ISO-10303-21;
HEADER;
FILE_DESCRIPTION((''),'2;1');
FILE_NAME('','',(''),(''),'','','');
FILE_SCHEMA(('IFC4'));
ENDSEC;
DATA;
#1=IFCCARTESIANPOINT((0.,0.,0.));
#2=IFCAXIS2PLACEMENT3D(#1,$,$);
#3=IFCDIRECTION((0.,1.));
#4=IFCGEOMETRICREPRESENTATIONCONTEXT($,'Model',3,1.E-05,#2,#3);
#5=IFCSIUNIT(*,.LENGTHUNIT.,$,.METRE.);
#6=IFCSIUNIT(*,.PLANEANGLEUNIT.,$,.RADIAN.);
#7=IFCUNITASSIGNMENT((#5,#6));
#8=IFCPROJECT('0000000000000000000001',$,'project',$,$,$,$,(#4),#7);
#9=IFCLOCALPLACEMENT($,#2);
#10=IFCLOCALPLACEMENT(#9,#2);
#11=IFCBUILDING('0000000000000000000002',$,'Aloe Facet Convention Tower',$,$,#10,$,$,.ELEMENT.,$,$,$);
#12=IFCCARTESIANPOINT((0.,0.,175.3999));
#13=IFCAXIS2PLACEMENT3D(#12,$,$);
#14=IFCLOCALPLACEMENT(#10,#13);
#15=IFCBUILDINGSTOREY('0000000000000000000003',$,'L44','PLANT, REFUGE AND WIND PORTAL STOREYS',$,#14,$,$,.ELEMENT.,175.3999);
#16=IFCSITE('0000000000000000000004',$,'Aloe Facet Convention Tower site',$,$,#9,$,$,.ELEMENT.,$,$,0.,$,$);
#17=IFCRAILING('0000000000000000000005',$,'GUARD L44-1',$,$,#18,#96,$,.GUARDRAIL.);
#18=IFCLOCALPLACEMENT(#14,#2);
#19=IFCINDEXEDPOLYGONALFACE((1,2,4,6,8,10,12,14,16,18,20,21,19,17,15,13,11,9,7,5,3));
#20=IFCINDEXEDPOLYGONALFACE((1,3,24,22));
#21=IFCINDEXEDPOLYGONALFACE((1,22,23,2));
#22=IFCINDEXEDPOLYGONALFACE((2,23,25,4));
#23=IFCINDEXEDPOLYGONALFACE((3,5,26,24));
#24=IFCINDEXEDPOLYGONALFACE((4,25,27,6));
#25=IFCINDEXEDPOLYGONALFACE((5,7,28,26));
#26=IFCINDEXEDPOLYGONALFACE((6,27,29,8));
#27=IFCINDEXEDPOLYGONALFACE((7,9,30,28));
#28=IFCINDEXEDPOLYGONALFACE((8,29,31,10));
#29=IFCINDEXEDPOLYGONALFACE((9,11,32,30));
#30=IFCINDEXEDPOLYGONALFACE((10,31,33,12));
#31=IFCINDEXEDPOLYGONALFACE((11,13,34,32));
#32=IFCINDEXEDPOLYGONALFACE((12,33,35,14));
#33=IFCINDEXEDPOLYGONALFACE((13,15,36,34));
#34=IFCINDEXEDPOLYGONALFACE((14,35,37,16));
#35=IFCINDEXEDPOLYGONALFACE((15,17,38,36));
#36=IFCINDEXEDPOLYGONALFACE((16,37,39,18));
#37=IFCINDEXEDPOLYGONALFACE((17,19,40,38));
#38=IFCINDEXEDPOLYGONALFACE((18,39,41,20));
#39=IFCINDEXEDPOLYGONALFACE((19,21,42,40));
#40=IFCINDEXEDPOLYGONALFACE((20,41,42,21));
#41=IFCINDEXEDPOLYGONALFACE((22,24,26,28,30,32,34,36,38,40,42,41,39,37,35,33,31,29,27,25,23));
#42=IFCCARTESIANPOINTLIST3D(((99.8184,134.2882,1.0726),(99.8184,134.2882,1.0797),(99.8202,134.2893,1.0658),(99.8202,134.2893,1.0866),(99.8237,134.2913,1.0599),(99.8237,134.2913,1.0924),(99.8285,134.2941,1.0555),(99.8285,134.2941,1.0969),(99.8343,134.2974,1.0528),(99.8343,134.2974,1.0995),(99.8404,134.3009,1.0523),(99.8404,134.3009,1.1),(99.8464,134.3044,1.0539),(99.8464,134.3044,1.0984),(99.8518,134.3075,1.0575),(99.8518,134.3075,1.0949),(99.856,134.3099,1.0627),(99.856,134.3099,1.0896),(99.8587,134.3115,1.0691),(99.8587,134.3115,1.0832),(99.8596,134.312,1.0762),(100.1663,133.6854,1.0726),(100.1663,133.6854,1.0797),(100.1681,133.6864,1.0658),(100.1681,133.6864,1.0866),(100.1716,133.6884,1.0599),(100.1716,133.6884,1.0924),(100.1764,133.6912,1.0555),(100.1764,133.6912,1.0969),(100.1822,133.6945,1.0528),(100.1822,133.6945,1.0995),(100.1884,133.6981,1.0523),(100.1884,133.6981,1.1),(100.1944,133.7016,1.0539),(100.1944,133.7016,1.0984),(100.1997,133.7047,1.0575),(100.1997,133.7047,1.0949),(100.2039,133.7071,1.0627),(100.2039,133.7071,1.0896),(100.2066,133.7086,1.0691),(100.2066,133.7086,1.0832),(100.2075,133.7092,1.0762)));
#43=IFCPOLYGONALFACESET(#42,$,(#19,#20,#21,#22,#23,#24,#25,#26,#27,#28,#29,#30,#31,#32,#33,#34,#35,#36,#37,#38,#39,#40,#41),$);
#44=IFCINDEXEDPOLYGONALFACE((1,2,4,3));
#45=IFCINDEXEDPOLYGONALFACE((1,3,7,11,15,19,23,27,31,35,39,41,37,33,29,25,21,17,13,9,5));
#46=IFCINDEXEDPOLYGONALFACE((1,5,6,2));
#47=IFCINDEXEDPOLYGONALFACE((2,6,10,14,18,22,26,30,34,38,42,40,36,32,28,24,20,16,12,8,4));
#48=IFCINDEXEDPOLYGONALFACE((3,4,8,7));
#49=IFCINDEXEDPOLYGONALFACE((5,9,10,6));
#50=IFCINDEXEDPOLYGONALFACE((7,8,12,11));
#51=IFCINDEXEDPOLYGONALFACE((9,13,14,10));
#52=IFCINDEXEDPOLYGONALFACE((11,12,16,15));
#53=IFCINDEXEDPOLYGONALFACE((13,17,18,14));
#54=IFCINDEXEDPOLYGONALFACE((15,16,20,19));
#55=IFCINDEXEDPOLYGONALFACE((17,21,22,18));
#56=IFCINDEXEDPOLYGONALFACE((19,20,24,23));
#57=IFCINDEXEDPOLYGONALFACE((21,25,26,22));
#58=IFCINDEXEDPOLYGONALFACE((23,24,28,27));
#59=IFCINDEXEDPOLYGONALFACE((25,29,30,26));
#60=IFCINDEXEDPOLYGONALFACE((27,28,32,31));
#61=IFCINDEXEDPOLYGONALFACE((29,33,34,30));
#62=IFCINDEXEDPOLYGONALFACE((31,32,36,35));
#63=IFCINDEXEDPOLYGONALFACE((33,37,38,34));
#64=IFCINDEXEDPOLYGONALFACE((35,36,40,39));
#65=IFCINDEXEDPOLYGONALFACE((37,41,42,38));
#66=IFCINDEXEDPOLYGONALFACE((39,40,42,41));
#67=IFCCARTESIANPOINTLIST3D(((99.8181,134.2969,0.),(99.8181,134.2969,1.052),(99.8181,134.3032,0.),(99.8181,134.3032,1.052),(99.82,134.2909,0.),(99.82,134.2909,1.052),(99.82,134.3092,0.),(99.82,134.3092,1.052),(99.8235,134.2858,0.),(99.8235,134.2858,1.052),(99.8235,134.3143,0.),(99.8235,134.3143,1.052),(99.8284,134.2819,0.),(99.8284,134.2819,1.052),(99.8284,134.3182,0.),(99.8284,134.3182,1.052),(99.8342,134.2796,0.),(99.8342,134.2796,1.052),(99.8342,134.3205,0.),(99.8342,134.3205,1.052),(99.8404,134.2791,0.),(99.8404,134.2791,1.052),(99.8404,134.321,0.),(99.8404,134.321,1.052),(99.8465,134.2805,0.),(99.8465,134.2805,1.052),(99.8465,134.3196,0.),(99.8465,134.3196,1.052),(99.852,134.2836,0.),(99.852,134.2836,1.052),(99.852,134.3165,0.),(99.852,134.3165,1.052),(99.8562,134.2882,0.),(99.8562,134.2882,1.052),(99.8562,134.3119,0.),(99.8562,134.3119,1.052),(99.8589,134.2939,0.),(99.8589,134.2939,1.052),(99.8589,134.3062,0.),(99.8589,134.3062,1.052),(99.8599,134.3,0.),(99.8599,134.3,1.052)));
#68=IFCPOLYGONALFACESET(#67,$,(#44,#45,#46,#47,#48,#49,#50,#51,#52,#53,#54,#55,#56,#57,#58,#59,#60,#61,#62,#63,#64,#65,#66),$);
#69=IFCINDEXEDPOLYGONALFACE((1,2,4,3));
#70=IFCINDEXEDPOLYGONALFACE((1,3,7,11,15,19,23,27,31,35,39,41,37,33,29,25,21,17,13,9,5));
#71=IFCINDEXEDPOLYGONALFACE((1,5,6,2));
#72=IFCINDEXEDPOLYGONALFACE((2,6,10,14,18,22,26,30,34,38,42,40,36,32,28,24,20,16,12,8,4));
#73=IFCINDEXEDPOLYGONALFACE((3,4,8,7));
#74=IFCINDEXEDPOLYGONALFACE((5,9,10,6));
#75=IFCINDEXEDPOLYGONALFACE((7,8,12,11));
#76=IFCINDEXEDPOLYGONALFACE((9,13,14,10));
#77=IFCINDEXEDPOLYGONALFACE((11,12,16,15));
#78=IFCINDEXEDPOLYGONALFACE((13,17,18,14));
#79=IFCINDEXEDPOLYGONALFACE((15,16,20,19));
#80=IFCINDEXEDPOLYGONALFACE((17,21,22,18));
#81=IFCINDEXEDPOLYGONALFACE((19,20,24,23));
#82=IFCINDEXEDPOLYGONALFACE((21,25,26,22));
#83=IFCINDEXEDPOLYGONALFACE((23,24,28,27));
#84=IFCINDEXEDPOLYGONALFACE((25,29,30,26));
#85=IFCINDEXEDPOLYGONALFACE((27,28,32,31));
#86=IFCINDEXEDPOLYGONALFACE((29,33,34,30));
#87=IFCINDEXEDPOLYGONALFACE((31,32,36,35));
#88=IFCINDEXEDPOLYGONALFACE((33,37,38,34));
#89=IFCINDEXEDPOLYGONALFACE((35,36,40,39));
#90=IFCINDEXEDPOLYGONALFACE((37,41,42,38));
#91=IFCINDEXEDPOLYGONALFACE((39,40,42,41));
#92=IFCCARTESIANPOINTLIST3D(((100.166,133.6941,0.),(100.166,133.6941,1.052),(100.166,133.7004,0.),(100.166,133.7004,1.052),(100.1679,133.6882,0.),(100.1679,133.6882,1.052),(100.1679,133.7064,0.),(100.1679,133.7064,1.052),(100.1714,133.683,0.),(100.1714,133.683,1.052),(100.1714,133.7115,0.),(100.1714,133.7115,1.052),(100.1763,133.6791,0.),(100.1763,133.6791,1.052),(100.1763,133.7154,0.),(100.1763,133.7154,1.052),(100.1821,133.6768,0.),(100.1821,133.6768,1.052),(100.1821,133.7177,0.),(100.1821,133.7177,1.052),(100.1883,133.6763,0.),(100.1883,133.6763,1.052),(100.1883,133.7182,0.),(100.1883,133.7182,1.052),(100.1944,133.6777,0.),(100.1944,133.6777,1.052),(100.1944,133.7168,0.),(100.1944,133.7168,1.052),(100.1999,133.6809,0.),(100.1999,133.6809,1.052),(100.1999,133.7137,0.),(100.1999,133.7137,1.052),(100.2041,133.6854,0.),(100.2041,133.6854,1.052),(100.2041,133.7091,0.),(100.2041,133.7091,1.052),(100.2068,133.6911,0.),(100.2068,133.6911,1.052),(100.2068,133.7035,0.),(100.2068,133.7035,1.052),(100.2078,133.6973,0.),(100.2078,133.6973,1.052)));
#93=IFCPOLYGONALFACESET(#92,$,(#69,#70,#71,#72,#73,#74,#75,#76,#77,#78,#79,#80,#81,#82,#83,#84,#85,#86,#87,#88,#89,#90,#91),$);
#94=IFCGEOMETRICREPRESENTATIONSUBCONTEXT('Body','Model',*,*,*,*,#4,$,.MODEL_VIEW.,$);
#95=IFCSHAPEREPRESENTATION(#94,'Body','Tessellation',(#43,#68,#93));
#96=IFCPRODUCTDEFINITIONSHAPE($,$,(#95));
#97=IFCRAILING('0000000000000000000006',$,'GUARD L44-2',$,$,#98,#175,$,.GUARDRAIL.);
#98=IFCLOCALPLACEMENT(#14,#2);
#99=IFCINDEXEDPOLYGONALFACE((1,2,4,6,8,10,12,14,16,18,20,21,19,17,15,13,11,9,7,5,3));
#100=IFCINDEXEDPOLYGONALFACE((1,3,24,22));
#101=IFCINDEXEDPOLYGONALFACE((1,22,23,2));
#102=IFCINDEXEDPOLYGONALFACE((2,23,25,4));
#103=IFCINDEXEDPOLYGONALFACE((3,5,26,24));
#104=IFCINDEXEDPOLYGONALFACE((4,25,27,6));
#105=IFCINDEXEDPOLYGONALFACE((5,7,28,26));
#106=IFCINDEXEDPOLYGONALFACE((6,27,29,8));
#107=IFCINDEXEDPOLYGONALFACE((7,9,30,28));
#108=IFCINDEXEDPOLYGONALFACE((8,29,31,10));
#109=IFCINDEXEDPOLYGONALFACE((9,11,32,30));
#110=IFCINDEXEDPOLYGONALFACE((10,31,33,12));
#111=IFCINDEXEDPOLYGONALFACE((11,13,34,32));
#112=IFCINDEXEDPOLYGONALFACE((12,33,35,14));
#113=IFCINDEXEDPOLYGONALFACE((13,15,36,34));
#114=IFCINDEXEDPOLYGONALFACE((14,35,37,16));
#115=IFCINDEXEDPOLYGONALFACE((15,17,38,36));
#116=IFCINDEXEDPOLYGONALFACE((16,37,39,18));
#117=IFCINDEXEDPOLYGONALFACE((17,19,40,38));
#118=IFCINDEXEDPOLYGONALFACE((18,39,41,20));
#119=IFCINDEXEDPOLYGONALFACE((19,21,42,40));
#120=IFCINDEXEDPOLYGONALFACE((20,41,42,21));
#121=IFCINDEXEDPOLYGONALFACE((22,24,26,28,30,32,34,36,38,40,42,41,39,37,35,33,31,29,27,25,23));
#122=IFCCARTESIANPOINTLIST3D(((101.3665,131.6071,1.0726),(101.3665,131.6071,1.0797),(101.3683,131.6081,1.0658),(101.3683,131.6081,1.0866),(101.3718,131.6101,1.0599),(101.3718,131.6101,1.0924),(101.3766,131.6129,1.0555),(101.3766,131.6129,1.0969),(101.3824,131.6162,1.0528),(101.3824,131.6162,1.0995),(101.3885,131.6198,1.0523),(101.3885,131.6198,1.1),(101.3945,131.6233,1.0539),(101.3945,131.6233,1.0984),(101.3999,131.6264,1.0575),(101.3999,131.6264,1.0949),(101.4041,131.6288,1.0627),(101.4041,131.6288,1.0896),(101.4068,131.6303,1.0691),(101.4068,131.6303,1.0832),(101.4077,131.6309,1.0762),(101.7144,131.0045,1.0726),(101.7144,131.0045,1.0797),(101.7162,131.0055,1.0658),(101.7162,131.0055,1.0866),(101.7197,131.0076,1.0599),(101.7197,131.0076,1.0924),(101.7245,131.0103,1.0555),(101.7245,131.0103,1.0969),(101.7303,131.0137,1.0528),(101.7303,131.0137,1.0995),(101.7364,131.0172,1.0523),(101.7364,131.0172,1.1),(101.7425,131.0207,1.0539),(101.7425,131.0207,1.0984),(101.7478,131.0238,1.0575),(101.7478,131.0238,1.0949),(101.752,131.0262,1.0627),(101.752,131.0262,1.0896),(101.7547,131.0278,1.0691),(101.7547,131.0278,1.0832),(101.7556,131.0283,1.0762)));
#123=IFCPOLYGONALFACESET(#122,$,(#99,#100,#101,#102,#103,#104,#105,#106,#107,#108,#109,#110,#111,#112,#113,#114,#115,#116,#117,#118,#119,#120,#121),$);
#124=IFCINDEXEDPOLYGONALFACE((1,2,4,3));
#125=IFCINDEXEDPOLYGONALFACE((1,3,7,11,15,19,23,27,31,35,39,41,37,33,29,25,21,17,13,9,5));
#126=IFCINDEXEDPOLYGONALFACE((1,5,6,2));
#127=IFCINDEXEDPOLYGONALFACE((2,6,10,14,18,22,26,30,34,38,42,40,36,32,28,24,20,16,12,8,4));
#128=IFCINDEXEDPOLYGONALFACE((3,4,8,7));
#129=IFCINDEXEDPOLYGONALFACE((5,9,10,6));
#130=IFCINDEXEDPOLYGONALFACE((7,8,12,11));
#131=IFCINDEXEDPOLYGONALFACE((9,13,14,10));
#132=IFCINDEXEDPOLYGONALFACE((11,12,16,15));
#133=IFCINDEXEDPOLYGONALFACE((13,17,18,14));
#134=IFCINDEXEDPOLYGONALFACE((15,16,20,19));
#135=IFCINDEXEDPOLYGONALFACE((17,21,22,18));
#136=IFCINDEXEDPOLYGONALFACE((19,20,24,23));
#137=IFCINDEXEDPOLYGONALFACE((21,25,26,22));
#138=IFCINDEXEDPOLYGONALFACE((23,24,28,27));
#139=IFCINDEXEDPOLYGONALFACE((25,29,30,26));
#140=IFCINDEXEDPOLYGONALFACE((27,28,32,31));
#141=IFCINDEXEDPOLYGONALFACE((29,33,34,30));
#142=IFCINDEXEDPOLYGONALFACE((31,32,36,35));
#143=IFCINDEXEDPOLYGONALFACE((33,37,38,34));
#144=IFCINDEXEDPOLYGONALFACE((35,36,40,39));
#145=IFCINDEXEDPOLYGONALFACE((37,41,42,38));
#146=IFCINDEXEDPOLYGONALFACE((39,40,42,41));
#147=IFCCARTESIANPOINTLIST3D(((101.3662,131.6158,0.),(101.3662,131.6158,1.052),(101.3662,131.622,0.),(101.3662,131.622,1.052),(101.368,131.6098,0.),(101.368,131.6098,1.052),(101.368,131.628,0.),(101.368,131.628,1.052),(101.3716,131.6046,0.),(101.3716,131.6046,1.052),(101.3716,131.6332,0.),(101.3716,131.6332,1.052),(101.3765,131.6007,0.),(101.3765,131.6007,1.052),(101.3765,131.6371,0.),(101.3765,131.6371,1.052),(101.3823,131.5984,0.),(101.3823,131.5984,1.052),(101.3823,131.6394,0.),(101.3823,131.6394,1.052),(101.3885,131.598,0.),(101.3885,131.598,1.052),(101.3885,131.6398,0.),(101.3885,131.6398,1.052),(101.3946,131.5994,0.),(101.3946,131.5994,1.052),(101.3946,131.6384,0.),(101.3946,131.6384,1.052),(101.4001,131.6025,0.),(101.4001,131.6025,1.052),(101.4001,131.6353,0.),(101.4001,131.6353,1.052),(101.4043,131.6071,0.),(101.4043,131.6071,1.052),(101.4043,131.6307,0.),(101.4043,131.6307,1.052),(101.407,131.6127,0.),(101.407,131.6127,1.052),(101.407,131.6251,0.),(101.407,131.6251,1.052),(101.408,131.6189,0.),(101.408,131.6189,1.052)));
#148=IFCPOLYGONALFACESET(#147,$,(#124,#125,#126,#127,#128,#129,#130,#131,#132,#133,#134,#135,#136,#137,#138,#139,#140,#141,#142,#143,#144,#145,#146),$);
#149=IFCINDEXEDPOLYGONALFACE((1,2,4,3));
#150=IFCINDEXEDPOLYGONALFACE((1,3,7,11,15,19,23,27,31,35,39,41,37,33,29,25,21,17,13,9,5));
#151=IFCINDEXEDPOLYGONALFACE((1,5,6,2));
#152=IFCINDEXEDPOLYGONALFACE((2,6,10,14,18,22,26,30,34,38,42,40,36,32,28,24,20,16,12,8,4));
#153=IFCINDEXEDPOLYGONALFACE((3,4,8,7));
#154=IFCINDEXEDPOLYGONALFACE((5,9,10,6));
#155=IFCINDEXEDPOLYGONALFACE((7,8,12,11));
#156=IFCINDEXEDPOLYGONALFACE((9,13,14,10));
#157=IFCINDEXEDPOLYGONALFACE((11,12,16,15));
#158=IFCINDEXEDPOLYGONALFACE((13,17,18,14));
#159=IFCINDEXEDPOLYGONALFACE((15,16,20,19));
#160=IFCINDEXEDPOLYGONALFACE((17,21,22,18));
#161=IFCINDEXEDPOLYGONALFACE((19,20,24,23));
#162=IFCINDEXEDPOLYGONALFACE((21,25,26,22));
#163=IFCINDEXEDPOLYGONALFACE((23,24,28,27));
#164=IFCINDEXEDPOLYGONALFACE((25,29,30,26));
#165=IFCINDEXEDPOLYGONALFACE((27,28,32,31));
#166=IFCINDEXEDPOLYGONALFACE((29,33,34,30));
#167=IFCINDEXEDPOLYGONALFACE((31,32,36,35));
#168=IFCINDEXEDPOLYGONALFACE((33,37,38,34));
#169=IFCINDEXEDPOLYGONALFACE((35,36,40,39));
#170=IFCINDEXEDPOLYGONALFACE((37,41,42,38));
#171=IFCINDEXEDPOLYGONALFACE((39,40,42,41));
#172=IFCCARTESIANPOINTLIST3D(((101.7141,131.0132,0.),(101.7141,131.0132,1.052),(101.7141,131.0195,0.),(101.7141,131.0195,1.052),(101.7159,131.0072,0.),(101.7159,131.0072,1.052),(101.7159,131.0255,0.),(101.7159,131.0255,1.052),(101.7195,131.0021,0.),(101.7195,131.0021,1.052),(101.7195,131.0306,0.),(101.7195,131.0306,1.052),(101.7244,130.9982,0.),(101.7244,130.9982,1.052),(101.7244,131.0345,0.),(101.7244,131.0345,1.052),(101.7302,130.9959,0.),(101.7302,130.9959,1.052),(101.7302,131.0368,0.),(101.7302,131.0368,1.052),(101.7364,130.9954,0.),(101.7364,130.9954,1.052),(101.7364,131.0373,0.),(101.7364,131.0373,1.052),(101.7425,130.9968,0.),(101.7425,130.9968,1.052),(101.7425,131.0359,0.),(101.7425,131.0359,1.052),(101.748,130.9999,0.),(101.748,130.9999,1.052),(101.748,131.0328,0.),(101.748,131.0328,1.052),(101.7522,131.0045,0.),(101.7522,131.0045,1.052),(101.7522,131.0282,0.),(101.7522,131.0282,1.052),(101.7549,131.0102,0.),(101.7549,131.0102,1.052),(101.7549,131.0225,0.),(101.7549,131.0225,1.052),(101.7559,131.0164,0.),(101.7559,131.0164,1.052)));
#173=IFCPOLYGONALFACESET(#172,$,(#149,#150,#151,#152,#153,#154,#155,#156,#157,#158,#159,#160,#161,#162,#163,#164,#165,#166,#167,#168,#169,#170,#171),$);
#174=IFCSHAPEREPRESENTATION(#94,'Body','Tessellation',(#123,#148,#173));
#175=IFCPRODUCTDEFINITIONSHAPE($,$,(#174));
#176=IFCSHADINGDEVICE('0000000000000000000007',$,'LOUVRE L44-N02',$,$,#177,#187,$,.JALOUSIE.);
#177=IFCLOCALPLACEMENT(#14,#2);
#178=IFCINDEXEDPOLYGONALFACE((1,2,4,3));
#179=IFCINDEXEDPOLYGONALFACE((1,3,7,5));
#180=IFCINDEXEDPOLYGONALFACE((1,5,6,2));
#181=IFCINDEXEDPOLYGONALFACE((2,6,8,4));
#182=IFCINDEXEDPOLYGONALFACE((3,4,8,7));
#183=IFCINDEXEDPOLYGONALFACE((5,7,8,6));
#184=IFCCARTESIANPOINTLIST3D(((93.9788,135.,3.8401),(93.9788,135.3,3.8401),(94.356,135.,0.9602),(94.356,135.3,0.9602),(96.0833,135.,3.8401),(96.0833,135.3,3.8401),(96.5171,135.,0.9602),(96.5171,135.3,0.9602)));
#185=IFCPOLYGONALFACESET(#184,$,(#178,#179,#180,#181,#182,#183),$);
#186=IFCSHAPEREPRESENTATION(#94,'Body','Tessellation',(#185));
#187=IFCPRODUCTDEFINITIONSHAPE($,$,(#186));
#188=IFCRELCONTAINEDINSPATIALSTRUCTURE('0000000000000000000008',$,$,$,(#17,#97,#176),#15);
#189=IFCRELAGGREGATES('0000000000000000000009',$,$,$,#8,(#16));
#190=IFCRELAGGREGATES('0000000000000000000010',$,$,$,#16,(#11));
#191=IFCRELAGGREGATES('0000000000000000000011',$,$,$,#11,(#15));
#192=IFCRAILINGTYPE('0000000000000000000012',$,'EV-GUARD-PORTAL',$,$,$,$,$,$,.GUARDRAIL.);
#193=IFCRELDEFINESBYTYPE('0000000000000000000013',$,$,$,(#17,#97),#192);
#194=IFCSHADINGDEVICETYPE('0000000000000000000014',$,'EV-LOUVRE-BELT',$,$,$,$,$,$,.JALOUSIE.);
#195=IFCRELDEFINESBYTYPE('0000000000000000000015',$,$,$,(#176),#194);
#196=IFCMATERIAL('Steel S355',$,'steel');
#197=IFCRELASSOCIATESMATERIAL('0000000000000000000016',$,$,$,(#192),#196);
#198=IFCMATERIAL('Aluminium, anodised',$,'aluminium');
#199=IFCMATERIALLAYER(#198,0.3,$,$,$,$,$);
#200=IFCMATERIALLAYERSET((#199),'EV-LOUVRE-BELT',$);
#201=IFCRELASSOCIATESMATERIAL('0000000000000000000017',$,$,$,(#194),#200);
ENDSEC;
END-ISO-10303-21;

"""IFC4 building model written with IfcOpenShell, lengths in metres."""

from ifc_helpers import new_model, si_unit, direction, frame, origin, origin_2d, place, context, subcontext, project, spatial, polyline, circle, outline, extrude, material, layer, layer_set, type_object, element, save


model = new_model("IFC4")

# Units and contexts
model_context = context("Model", 3, precision=1e-05, world=origin(), true_north=direction((0.0, 1.0)))
body_context = subcontext(model_context, "Body", "Model", "MODEL_VIEW")
ifc_project = project(units=[si_unit("LENGTHUNIT", "METRE"), si_unit("PLANEANGLEUNIT", "RADIAN")], contexts=[model_context])

# Site, building, storey
site_placement = place(None, origin())
site = spatial("IfcSite", under=ifc_project, at=site_placement, Name="Aloe Facet Convention Tower site", CompositionType="ELEMENT", RefElevation=0.0)
building_placement = place(site_placement, origin())
building = spatial("IfcBuilding", under=site, at=building_placement, Name="Aloe Facet Convention Tower", CompositionType="ELEMENT")
storey_placement = place(building_placement, frame((0.0, 0.0, 175.3999)))
storey = spatial("IfcBuildingStorey", under=building, at=storey_placement, Name="L44", Description="PLANT, REFUGE AND WIND PORTAL STOREYS", CompositionType="ELEMENT", Elevation=175.3999)

# Railings
ifc_material_1 = material(Name="Steel S355", Category="steel")
railing_type_1 = type_object("IfcRailingType", Name="EV-GUARD-PORTAL", PredefinedType="GUARDRAIL", material=ifc_material_1)
railing_1_placement = place(storey_placement, frame((99.8389, 134.3, 0.0)))
element("IfcRailing", 1, at=railing_1_placement, inside=storey, type_object=railing_type_1, Name="GUARD L44-1", PredefinedType="GUARDRAIL", context=body_context, shape_type="SweptSolid", body=[
    extrude(circle(Radius=0.0239, at=origin_2d()), frame((0.0, 0.0, 1.0762), z_axis=(0.499874, -0.866098, 0.0), x_axis=(0.866098, 0.499874, 0.0)), (0.0, 0.0, 1.0), 0.696),
    extrude(circle(Radius=0.021, at=origin_2d()), origin(), (0.0, 0.0, 1.0), 1.052),
    extrude(circle(Radius=0.021, at=origin_2d()), frame((0.3479, -0.6028, 0.0)), (0.0, 0.0, 1.0), 1.052),
])
railing_2_placement = place(storey_placement, frame((101.387, 131.6189, 0.0)))
element("IfcRailing", 2, at=railing_2_placement, inside=storey, type_object=railing_type_1, Name="GUARD L44-2", PredefinedType="GUARDRAIL", context=body_context, shape_type="SweptSolid", body=[
    extrude(circle(Radius=0.0239, at=origin_2d()), frame((0.0, 0.0, 1.0762), z_axis=(0.500026, -0.86601, 0.0), x_axis=(0.86601, 0.500026, 0.0)), (0.0, 0.0, 1.0), 0.6958),
    extrude(circle(Radius=0.021, at=origin_2d()), origin(), (0.0, 0.0, 1.0), 1.052),
    extrude(circle(Radius=0.021, at=origin_2d()), frame((0.3479, -0.6025, 0.0)), (0.0, 0.0, 1.0), 1.052),
])

# Shading device
ifc_material_2 = material(Name="Aluminium, anodised", Category="aluminium")
ifc_layer_1 = layer(ifc_material_2, 0.3)
ifc_layer_set_1 = layer_set([ifc_layer_1], Name="EV-LOUVRE-BELT")
shading_device_type = type_object("IfcShadingDeviceType", Name="EV-LOUVRE-BELT", PredefinedType="JALOUSIE", material=ifc_layer_set_1)
shading_device_placement = place(storey_placement, frame((96.5171, 135.3, 0.9602), z_axis=(0.0, 1.0, 0.0), x_axis=(-1.0, 0.0, 0.0)))
element("IfcShadingDevice", 3, at=shading_device_placement, inside=storey, type_object=shading_device_type, Name="LOUVRE L44-N02", PredefinedType="JALOUSIE", context=body_context, shape_type="SweptSolid", body=[
    extrude(outline(polyline([(0.0, 0.0), (2.1611, 0.0), (2.5383, 2.8799), (0.4338, 2.8799), (0.0, 0.0)])), origin(), (0.0, 0.0, -1.0), 0.3),
])

save(model, "model.ifc")
